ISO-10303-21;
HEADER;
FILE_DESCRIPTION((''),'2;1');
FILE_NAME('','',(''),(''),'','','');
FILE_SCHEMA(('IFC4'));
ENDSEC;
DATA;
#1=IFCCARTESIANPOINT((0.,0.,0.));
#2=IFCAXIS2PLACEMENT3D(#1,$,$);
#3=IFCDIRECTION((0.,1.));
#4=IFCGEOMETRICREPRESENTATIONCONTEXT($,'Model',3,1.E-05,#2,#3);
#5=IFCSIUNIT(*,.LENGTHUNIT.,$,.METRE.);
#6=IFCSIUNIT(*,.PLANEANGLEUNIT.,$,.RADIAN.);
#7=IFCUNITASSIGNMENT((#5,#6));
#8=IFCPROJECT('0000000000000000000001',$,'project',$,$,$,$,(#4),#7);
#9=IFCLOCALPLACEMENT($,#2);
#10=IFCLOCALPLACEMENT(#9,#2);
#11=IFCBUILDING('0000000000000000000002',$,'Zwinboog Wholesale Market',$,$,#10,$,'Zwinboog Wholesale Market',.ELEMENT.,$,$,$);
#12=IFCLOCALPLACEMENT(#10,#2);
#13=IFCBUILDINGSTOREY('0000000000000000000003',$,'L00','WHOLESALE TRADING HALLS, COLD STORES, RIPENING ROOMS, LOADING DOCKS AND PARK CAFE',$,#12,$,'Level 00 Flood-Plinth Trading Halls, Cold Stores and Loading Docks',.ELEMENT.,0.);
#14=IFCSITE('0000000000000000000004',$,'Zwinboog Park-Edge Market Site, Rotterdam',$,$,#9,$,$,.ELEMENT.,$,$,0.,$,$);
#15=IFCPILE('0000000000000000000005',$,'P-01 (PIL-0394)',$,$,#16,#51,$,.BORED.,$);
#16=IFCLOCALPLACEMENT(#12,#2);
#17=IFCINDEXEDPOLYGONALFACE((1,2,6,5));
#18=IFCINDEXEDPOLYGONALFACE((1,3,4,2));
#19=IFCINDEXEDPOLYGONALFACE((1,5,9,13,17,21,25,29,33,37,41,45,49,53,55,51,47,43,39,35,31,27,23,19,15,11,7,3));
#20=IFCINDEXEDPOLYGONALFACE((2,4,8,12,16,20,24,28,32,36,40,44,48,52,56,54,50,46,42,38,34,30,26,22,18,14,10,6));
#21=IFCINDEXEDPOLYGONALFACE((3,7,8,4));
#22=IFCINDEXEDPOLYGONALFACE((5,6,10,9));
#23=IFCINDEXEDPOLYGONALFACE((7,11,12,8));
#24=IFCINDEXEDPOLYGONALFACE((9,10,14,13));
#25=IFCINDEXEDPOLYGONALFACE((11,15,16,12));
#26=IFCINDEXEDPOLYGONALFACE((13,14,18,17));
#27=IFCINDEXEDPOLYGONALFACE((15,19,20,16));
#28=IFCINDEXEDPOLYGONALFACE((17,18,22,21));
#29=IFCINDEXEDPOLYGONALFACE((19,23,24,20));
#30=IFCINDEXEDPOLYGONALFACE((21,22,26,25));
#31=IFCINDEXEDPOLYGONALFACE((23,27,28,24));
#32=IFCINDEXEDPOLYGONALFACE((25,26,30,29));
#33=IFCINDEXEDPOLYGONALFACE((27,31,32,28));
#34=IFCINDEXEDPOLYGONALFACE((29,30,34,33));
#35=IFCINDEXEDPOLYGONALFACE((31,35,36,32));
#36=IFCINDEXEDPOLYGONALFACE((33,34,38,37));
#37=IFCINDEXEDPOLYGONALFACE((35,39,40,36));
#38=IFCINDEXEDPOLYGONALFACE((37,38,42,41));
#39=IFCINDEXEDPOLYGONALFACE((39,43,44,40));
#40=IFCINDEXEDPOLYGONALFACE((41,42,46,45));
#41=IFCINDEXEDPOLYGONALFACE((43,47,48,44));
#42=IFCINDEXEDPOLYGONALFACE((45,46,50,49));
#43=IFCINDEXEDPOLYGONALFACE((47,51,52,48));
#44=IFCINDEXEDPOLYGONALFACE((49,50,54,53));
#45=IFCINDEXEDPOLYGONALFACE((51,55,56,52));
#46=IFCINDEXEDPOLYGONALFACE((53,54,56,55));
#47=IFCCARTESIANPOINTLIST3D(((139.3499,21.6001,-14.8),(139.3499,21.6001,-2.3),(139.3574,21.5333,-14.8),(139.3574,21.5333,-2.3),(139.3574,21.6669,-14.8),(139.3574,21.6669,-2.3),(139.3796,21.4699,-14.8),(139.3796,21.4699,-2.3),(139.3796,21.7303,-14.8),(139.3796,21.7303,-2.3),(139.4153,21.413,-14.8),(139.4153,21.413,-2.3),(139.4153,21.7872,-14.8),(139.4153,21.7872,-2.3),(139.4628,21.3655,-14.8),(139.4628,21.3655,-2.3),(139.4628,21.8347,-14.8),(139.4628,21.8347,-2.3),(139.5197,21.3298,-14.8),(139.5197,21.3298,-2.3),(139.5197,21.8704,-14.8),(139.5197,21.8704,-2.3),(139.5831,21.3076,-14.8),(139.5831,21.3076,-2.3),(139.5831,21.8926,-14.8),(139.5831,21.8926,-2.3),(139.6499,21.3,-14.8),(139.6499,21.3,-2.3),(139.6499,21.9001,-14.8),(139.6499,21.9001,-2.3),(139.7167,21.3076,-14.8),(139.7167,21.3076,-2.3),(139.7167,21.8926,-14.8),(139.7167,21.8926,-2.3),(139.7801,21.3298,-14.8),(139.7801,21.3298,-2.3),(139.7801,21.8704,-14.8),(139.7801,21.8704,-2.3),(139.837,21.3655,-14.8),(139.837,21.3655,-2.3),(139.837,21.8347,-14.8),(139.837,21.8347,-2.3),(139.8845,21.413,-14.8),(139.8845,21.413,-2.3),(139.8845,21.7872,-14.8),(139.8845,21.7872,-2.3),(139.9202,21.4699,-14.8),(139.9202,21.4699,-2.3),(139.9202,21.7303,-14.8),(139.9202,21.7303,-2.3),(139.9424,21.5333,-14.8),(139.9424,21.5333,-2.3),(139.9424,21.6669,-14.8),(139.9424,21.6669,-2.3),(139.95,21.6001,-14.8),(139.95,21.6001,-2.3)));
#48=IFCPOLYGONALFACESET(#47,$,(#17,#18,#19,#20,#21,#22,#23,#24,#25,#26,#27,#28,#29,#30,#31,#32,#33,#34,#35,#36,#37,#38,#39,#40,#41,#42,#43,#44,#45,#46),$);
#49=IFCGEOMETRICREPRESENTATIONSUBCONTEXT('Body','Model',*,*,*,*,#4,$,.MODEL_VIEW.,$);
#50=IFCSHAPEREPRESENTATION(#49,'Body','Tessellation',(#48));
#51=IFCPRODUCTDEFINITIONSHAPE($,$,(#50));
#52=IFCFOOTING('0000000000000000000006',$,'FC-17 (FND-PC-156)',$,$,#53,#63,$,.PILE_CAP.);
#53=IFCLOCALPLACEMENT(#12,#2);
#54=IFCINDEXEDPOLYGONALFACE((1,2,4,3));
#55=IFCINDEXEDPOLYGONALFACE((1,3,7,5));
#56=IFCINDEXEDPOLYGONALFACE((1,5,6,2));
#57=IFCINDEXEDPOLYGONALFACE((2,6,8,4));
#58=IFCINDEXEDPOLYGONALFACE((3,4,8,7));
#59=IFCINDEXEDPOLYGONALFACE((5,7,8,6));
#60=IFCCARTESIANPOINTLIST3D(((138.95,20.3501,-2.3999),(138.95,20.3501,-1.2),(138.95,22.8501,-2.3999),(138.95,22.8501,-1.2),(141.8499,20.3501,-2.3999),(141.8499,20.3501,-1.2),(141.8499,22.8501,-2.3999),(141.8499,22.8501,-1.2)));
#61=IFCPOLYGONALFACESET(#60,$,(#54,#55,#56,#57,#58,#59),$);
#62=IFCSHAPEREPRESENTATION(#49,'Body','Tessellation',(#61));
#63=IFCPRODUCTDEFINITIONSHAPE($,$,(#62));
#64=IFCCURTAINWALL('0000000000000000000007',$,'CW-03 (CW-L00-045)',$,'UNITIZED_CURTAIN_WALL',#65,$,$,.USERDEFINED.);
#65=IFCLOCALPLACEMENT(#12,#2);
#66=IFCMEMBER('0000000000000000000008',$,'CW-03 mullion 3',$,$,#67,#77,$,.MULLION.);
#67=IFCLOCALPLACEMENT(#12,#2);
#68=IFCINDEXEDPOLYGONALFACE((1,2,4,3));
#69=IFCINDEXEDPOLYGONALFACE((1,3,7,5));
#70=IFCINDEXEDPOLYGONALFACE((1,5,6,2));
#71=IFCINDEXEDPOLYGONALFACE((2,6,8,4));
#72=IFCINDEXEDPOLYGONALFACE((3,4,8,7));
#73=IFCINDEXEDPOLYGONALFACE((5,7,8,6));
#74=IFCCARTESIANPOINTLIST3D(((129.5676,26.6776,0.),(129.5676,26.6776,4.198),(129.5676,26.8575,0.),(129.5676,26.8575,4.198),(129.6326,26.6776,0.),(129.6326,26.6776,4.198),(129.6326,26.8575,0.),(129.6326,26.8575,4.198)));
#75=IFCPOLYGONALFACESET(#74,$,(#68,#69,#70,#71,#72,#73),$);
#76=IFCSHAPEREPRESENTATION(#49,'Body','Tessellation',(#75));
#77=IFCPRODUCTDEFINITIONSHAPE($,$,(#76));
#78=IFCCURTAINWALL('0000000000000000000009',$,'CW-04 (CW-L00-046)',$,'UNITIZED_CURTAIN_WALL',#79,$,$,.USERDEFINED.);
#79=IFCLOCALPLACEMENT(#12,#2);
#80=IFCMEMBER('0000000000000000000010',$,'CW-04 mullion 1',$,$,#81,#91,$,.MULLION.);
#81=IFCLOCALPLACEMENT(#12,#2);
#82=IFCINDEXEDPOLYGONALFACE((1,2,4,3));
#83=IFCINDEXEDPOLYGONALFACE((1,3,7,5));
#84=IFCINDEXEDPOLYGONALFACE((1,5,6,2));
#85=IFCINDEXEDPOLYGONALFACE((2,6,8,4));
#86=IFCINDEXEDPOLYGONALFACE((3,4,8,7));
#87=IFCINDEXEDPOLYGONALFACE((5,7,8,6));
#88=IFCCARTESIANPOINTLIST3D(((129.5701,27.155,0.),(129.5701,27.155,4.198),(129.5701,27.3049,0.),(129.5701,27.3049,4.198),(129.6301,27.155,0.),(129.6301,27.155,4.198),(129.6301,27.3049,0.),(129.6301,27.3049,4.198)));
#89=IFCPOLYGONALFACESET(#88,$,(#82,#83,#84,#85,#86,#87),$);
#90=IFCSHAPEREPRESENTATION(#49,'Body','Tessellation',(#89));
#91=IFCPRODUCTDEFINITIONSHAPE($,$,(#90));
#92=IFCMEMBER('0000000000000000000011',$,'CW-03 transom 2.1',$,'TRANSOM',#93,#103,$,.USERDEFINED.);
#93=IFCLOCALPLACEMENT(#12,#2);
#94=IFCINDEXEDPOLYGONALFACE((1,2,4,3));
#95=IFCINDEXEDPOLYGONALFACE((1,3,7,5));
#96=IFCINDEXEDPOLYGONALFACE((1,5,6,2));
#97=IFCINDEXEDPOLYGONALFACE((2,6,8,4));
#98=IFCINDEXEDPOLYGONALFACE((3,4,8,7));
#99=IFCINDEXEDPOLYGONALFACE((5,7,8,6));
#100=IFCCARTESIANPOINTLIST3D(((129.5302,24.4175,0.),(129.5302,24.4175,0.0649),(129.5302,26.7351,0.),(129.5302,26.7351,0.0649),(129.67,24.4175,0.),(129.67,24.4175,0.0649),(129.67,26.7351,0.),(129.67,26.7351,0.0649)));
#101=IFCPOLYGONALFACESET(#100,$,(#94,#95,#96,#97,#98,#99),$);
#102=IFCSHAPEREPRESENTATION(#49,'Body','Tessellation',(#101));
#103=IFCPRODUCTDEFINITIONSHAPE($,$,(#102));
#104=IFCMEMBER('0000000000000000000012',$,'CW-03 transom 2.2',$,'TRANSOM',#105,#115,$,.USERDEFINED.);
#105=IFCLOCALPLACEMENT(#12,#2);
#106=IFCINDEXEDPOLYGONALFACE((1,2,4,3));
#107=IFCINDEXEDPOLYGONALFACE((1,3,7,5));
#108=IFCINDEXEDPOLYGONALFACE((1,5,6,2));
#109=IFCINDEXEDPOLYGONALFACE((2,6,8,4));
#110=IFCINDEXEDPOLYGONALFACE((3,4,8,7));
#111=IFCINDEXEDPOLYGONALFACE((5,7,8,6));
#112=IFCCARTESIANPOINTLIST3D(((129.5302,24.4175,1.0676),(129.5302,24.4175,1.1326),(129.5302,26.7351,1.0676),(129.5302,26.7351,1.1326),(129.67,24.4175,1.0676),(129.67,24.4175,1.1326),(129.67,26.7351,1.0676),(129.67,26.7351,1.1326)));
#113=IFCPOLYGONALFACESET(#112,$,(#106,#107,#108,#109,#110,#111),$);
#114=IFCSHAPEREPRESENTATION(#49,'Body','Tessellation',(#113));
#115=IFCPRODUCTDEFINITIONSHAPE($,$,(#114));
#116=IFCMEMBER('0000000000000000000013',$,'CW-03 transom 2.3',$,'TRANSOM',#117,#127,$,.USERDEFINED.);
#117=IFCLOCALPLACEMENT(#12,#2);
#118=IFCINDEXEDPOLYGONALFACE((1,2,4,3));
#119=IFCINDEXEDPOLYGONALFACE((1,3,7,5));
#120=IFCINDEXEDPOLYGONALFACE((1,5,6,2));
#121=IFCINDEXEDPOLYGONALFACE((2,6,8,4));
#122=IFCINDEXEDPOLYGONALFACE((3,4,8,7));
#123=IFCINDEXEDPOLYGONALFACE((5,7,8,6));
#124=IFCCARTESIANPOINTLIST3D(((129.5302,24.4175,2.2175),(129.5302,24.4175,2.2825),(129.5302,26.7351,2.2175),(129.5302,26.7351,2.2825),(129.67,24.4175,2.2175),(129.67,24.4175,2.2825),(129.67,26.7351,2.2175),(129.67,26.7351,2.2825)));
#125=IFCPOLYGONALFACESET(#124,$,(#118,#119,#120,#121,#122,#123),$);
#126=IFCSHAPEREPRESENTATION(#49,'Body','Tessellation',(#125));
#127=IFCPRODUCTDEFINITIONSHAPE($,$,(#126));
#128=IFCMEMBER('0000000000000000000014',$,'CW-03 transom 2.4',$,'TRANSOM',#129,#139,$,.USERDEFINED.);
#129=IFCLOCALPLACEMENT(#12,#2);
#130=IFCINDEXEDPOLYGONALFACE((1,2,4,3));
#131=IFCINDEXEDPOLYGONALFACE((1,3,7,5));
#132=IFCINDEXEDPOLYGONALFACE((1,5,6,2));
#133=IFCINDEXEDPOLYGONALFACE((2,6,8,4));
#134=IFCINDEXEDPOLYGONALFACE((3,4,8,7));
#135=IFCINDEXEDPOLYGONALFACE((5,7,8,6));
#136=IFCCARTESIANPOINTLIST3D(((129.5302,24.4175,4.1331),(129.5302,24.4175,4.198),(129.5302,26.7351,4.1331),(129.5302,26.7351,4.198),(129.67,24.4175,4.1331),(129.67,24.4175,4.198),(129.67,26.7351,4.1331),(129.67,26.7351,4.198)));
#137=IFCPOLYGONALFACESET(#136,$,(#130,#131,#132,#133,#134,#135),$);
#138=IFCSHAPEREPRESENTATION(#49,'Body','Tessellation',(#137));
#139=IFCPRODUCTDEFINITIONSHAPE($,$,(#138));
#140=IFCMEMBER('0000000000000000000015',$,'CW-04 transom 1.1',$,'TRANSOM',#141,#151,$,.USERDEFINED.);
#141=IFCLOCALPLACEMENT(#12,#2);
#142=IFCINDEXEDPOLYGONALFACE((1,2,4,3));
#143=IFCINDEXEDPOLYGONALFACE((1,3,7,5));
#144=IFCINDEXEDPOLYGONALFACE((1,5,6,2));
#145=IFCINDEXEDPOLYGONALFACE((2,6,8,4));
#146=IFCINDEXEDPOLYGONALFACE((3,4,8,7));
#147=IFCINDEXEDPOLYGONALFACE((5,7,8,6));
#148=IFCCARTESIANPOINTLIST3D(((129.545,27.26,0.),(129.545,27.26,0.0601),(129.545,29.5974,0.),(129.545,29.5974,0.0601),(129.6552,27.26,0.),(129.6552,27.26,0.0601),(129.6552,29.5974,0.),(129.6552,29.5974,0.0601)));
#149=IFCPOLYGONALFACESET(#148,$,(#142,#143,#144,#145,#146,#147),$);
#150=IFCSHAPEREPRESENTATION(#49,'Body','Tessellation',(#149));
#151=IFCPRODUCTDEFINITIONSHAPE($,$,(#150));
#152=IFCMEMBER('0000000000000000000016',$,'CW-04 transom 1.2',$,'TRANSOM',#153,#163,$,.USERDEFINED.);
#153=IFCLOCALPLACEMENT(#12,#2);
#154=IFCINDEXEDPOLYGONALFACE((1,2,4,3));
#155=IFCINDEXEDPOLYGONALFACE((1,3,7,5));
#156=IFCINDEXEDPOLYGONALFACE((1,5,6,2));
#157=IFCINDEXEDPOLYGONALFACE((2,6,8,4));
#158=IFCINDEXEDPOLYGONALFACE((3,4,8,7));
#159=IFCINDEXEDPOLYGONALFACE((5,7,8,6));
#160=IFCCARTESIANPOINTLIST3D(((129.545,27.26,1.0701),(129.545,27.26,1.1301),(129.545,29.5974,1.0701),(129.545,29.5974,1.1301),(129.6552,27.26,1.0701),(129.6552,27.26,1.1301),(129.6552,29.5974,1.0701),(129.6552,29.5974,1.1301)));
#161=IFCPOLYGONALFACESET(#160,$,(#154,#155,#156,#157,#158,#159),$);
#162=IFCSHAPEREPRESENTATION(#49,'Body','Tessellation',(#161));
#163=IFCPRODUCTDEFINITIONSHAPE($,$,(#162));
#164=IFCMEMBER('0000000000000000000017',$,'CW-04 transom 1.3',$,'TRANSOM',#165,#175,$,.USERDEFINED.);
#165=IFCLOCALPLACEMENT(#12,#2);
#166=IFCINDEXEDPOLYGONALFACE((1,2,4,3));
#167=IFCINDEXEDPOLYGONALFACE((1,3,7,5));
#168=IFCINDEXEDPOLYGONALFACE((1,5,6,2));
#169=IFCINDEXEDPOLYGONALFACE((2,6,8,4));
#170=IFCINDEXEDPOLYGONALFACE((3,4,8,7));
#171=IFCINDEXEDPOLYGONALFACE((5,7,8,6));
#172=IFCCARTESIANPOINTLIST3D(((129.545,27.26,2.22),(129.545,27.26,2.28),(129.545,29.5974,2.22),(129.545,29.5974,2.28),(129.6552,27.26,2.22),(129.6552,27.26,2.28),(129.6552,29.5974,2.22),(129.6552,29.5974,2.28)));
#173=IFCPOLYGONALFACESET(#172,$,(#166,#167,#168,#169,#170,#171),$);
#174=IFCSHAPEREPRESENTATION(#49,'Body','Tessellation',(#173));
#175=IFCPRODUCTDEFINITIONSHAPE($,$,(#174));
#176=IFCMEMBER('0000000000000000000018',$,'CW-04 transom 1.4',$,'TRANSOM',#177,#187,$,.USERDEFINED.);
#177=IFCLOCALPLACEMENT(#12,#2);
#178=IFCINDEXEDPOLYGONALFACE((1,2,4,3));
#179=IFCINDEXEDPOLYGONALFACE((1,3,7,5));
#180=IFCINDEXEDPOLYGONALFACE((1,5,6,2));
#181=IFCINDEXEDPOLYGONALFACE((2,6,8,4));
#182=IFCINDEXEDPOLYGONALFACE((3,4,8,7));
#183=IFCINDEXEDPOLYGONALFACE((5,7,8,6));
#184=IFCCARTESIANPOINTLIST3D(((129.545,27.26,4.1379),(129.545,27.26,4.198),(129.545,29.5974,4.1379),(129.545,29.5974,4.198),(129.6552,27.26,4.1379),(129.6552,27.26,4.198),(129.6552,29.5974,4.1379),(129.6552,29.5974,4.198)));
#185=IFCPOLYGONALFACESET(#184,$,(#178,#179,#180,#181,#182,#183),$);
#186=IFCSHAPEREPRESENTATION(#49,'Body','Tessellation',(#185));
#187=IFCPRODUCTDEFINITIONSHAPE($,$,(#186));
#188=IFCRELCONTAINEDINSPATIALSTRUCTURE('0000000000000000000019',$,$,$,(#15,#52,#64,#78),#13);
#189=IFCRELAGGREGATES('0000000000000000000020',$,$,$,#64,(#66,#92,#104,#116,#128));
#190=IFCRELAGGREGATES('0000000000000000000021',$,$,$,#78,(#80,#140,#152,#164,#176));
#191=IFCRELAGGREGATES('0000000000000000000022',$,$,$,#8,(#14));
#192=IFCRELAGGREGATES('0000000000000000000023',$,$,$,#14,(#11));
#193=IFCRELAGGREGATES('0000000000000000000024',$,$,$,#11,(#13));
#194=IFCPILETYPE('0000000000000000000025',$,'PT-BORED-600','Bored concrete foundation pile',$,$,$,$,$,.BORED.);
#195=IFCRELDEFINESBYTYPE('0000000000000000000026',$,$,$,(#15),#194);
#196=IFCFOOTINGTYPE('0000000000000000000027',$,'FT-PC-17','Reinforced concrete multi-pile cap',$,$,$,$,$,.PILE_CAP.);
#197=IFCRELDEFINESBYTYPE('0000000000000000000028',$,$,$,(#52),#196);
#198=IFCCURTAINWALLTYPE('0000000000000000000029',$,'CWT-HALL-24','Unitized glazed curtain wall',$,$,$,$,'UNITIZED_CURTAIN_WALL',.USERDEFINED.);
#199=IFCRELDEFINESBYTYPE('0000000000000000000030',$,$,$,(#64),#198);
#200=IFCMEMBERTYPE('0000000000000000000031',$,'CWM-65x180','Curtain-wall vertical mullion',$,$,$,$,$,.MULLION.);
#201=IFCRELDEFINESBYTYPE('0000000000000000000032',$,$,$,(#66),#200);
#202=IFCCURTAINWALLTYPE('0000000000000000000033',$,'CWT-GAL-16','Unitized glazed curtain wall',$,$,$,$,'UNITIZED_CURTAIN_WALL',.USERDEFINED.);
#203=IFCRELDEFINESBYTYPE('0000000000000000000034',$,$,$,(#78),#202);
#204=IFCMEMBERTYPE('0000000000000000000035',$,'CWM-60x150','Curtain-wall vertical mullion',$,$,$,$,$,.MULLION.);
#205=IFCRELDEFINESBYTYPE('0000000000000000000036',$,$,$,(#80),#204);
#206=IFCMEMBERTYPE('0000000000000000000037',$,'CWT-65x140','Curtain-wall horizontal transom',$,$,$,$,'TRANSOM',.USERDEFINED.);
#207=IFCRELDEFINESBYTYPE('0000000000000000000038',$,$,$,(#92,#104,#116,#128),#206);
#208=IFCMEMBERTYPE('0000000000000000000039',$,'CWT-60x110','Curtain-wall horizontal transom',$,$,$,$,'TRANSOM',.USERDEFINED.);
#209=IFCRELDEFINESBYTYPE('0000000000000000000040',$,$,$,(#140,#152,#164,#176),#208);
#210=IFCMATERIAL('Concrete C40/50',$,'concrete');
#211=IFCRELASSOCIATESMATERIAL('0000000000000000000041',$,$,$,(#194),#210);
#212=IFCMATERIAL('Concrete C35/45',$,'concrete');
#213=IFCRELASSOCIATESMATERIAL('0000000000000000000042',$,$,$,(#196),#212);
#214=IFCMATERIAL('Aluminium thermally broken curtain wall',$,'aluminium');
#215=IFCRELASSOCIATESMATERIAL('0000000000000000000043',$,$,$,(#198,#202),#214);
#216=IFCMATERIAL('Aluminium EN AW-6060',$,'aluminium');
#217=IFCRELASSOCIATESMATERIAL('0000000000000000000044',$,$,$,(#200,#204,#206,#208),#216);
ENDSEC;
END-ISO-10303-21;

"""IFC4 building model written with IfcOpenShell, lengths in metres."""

from ifc_helpers import new_model, si_unit, direction, frame, origin, origin_2d, place, context, subcontext, project, spatial, rectangle, circle, extrude, material, material_profile, profile_set, type_object, element, aggregate, save


model = new_model("IFC4")

# Units and contexts
model_context = context("Model", 3, precision=1e-05, world=origin(), true_north=direction((0.0, 1.0)))
body_context = subcontext(model_context, "Body", "Model", "MODEL_VIEW")
ifc_project = project(units=[si_unit("LENGTHUNIT", "METRE"), si_unit("PLANEANGLEUNIT", "RADIAN")], contexts=[model_context])

# Site, building, storey
site_placement = place(None, origin())
site = spatial("IfcSite", under=ifc_project, at=site_placement, Name="Zwinboog Park-Edge Market Site, Rotterdam", CompositionType="ELEMENT", RefElevation=0.0)
building_placement = place(site_placement, origin())
building = spatial("IfcBuilding", under=site, at=building_placement, Name="Zwinboog Wholesale Market", LongName="Zwinboog Wholesale Market", CompositionType="ELEMENT")
storey_placement = place(building_placement, origin())
storey = spatial("IfcBuildingStorey", under=building, at=storey_placement, Name="L00", Description="WHOLESALE TRADING HALLS, COLD STORES, RIPENING ROOMS, LOADING DOCKS AND PARK CAFE", LongName="Level 00 Flood-Plinth Trading Halls, Cold Stores and Loading Docks", CompositionType="ELEMENT", Elevation=0.0)

# Pile
ifc_material_1 = material(Name="Concrete C40/50", Category="concrete")
ifc_material_profile_1 = material_profile(ifc_material_1, circle(Radius=0.3, at=origin_2d()), Name="PILE D600")
ifc_profile_set_1 = profile_set([ifc_material_profile_1], Name="Concrete C40/50")
pile_type = type_object("IfcPileType", Name="PT-BORED-600", Description="Bored concrete foundation pile", PredefinedType="BORED", material=ifc_profile_set_1)
pile_placement = place(storey_placement, frame((139.6499, 21.6001, -2.3), z_axis=(0.0, 0.0, -1.0), x_axis=(1.0, 0.0, 0.0)))
element("IfcPile", 1, at=pile_placement, inside=storey, type_object=pile_type, Name="P-01 (PIL-0394)", PredefinedType="BORED", context=body_context, shape_type="SweptSolid", body=[
    extrude(circle(Radius=0.3, at=origin_2d()), origin(), (0.0, 0.0, 1.0), 12.5),
])

# Footing
ifc_material_2 = material(Name="Concrete C35/45", Category="concrete")
footing_type = type_object("IfcFootingType", Name="FT-PC-17", Description="Reinforced concrete multi-pile cap", PredefinedType="PILE_CAP", material=ifc_material_2)
footing_placement = place(storey_placement, frame((140.3999, 21.6001, -2.3999), z_axis=(0.0, 0.0, 1.0), x_axis=(1.0, 0.0, 0.0)))
element("IfcFooting", 2, at=footing_placement, inside=storey, type_object=footing_type, Name="FC-17 (FND-PC-156)", PredefinedType="PILE_CAP", context=body_context, shape_type="SweptSolid", body=[
    extrude(rectangle(XDim=2.8999, YDim=2.5, at=origin_2d()), origin(), (0.0, 0.0, 1.0), 1.2),
])

# Curtain walls, members
ifc_material_3 = material(Name="Aluminium thermally broken curtain wall", Category="aluminium")
curtain_wall_type_1 = type_object("IfcCurtainWallType", Name="CWT-HALL-24", Description="Unitized glazed curtain wall", ElementType="UNITIZED_CURTAIN_WALL", PredefinedType="USERDEFINED", material=ifc_material_3)
curtain_wall_1_placement = place(storey_placement, origin())
curtain_wall_1 = element("IfcCurtainWall", 3, at=curtain_wall_1_placement, inside=storey, type_object=curtain_wall_type_1, Name="CW-03 (CW-L00-045)", ObjectType="UNITIZED_CURTAIN_WALL", PredefinedType="USERDEFINED")
ifc_material_4 = material(Name="Aluminium EN AW-6060", Category="aluminium")
ifc_material_profile_2 = material_profile(ifc_material_4, rectangle(XDim=0.0649, YDim=0.1799, at=origin_2d()), Name="AL 65x180")
ifc_profile_set_2 = profile_set([ifc_material_profile_2], Name="Aluminium EN AW-6060")
member_type_1 = type_object("IfcMemberType", Name="CWM-65x180", Description="Curtain-wall vertical mullion", PredefinedType="MULLION", material=ifc_profile_set_2)
member_1_placement = place(storey_placement, frame((129.6001, 26.7676, 0.0), z_axis=(0.0, 0.0, 1.0), x_axis=(-1.0, 0.0, 0.0)))
member_1 = element("IfcMember", 4, at=member_1_placement, type_object=member_type_1, Name="CW-03 mullion 3", PredefinedType="MULLION", context=body_context, shape_type="SweptSolid", body=[
    extrude(rectangle(XDim=0.0649, YDim=0.1799, at=origin_2d()), origin(), (0.0, 0.0, 1.0), 4.198),
])
curtain_wall_type_2 = type_object("IfcCurtainWallType", Name="CWT-GAL-16", Description="Unitized glazed curtain wall", ElementType="UNITIZED_CURTAIN_WALL", PredefinedType="USERDEFINED", material=ifc_material_3)
curtain_wall_2_placement = place(storey_placement, origin())
curtain_wall_2 = element("IfcCurtainWall", 5, at=curtain_wall_2_placement, inside=storey, type_object=curtain_wall_type_2, Name="CW-04 (CW-L00-046)", ObjectType="UNITIZED_CURTAIN_WALL", PredefinedType="USERDEFINED")
ifc_material_profile_3 = material_profile(ifc_material_4, rectangle(XDim=0.0601, YDim=0.1499, at=origin_2d()), Name="AL 60x150")
ifc_profile_set_3 = profile_set([ifc_material_profile_3], Name="Aluminium EN AW-6060")
member_type_2 = type_object("IfcMemberType", Name="CWM-60x150", Description="Curtain-wall vertical mullion", PredefinedType="MULLION", material=ifc_profile_set_3)
member_2_placement = place(storey_placement, frame((129.6001, 27.23, 0.0), z_axis=(0.0, 0.0, 1.0), x_axis=(-1.0, 0.0, 0.0)))
member_2 = element("IfcMember", 6, at=member_2_placement, type_object=member_type_2, Name="CW-04 mullion 1", PredefinedType="MULLION", context=body_context, shape_type="SweptSolid", body=[
    extrude(rectangle(XDim=0.0601, YDim=0.1499, at=origin_2d()), origin(), (0.0, 0.0, 1.0), 4.198),
])

# Members
ifc_material_profile_4 = material_profile(ifc_material_4, rectangle(XDim=0.1399, YDim=0.0649, at=origin_2d()), Name="AL 65x140")
ifc_profile_set_4 = profile_set([ifc_material_profile_4], Name="Aluminium EN AW-6060")
member_type_3 = type_object("IfcMemberType", Name="CWT-65x140", Description="Curtain-wall horizontal transom", ElementType="TRANSOM", PredefinedType="USERDEFINED", material=ifc_profile_set_4)
member_3_placement = place(storey_placement, frame((129.6001, 24.4175, 0.0325), z_axis=(0.0, 1.0, 0.0), x_axis=(-1.0, 0.0, 0.0)))
member_3 = element("IfcMember", 7, at=member_3_placement, type_object=member_type_3, Name="CW-03 transom 2.1", ObjectType="TRANSOM", PredefinedType="USERDEFINED", context=body_context, shape_type="SweptSolid", body=[
    extrude(rectangle(XDim=0.1399, YDim=0.0649, at=origin_2d()), origin(), (0.0, 0.0, 1.0), 2.3176),
])
member_4_placement = place(storey_placement, frame((129.6001, 24.4175, 1.1001), z_axis=(0.0, 1.0, 0.0), x_axis=(-1.0, 0.0, 0.0)))
member_4 = element("IfcMember", 8, at=member_4_placement, type_object=member_type_3, Name="CW-03 transom 2.2", ObjectType="TRANSOM", PredefinedType="USERDEFINED", context=body_context, shape_type="SweptSolid", body=[
    extrude(rectangle(XDim=0.1399, YDim=0.0649, at=origin_2d()), origin(), (0.0, 0.0, 1.0), 2.3176),
])
member_5_placement = place(storey_placement, frame((129.6001, 24.4175, 2.25), z_axis=(0.0, 1.0, 0.0), x_axis=(-1.0, 0.0, 0.0)))
member_5 = element("IfcMember", 9, at=member_5_placement, type_object=member_type_3, Name="CW-03 transom 2.3", ObjectType="TRANSOM", PredefinedType="USERDEFINED", context=body_context, shape_type="SweptSolid", body=[
    extrude(rectangle(XDim=0.1399, YDim=0.0649, at=origin_2d()), origin(), (0.0, 0.0, 1.0), 2.3176),
])
member_6_placement = place(storey_placement, frame((129.6001, 24.4175, 4.1655), z_axis=(0.0, 1.0, 0.0), x_axis=(-1.0, 0.0, 0.0)))
member_6 = element("IfcMember", 10, at=member_6_placement, type_object=member_type_3, Name="CW-03 transom 2.4", ObjectType="TRANSOM", PredefinedType="USERDEFINED", context=body_context, shape_type="SweptSolid", body=[
    extrude(rectangle(XDim=0.1399, YDim=0.0649, at=origin_2d()), origin(), (0.0, 0.0, 1.0), 2.3176),
])
ifc_material_profile_5 = material_profile(ifc_material_4, rectangle(XDim=0.1101, YDim=0.0601, at=origin_2d()), Name="AL 60x110")
ifc_profile_set_5 = profile_set([ifc_material_profile_5], Name="Aluminium EN AW-6060")
member_type_4 = type_object("IfcMemberType", Name="CWT-60x110", Description="Curtain-wall horizontal transom", ElementType="TRANSOM", PredefinedType="USERDEFINED", material=ifc_profile_set_5)
member_7_placement = place(storey_placement, frame((129.6001, 27.26, 0.03), z_axis=(0.0, 1.0, 0.0), x_axis=(-1.0, 0.0, 0.0)))
member_7 = element("IfcMember", 11, at=member_7_placement, type_object=member_type_4, Name="CW-04 transom 1.1", ObjectType="TRANSOM", PredefinedType="USERDEFINED", context=body_context, shape_type="SweptSolid", body=[
    extrude(rectangle(XDim=0.1101, YDim=0.0601, at=origin_2d()), origin(), (0.0, 0.0, 1.0), 2.3374),
])
member_8_placement = place(storey_placement, frame((129.6001, 27.26, 1.1001), z_axis=(0.0, 1.0, 0.0), x_axis=(-1.0, 0.0, 0.0)))
member_8 = element("IfcMember", 12, at=member_8_placement, type_object=member_type_4, Name="CW-04 transom 1.2", ObjectType="TRANSOM", PredefinedType="USERDEFINED", context=body_context, shape_type="SweptSolid", body=[
    extrude(rectangle(XDim=0.1101, YDim=0.0601, at=origin_2d()), origin(), (0.0, 0.0, 1.0), 2.3374),
])
member_9_placement = place(storey_placement, frame((129.6001, 27.26, 2.25), z_axis=(0.0, 1.0, 0.0), x_axis=(-1.0, 0.0, 0.0)))
member_9 = element("IfcMember", 13, at=member_9_placement, type_object=member_type_4, Name="CW-04 transom 1.3", ObjectType="TRANSOM", PredefinedType="USERDEFINED", context=body_context, shape_type="SweptSolid", body=[
    extrude(rectangle(XDim=0.1101, YDim=0.0601, at=origin_2d()), origin(), (0.0, 0.0, 1.0), 2.3374),
])
member_10_placement = place(storey_placement, frame((129.6001, 27.26, 4.168), z_axis=(0.0, 1.0, 0.0), x_axis=(-1.0, 0.0, 0.0)))
member_10 = element("IfcMember", 14, at=member_10_placement, type_object=member_type_4, Name="CW-04 transom 1.4", ObjectType="TRANSOM", PredefinedType="USERDEFINED", context=body_context, shape_type="SweptSolid", body=[
    extrude(rectangle(XDim=0.1101, YDim=0.0601, at=origin_2d()), origin(), (0.0, 0.0, 1.0), 2.3374),
])

aggregate(curtain_wall_1, [member_1, member_3, member_4, member_5, member_6])
aggregate(curtain_wall_2, [member_2, member_7, member_8, member_9, member_10])

save(model, "model.ifc")
